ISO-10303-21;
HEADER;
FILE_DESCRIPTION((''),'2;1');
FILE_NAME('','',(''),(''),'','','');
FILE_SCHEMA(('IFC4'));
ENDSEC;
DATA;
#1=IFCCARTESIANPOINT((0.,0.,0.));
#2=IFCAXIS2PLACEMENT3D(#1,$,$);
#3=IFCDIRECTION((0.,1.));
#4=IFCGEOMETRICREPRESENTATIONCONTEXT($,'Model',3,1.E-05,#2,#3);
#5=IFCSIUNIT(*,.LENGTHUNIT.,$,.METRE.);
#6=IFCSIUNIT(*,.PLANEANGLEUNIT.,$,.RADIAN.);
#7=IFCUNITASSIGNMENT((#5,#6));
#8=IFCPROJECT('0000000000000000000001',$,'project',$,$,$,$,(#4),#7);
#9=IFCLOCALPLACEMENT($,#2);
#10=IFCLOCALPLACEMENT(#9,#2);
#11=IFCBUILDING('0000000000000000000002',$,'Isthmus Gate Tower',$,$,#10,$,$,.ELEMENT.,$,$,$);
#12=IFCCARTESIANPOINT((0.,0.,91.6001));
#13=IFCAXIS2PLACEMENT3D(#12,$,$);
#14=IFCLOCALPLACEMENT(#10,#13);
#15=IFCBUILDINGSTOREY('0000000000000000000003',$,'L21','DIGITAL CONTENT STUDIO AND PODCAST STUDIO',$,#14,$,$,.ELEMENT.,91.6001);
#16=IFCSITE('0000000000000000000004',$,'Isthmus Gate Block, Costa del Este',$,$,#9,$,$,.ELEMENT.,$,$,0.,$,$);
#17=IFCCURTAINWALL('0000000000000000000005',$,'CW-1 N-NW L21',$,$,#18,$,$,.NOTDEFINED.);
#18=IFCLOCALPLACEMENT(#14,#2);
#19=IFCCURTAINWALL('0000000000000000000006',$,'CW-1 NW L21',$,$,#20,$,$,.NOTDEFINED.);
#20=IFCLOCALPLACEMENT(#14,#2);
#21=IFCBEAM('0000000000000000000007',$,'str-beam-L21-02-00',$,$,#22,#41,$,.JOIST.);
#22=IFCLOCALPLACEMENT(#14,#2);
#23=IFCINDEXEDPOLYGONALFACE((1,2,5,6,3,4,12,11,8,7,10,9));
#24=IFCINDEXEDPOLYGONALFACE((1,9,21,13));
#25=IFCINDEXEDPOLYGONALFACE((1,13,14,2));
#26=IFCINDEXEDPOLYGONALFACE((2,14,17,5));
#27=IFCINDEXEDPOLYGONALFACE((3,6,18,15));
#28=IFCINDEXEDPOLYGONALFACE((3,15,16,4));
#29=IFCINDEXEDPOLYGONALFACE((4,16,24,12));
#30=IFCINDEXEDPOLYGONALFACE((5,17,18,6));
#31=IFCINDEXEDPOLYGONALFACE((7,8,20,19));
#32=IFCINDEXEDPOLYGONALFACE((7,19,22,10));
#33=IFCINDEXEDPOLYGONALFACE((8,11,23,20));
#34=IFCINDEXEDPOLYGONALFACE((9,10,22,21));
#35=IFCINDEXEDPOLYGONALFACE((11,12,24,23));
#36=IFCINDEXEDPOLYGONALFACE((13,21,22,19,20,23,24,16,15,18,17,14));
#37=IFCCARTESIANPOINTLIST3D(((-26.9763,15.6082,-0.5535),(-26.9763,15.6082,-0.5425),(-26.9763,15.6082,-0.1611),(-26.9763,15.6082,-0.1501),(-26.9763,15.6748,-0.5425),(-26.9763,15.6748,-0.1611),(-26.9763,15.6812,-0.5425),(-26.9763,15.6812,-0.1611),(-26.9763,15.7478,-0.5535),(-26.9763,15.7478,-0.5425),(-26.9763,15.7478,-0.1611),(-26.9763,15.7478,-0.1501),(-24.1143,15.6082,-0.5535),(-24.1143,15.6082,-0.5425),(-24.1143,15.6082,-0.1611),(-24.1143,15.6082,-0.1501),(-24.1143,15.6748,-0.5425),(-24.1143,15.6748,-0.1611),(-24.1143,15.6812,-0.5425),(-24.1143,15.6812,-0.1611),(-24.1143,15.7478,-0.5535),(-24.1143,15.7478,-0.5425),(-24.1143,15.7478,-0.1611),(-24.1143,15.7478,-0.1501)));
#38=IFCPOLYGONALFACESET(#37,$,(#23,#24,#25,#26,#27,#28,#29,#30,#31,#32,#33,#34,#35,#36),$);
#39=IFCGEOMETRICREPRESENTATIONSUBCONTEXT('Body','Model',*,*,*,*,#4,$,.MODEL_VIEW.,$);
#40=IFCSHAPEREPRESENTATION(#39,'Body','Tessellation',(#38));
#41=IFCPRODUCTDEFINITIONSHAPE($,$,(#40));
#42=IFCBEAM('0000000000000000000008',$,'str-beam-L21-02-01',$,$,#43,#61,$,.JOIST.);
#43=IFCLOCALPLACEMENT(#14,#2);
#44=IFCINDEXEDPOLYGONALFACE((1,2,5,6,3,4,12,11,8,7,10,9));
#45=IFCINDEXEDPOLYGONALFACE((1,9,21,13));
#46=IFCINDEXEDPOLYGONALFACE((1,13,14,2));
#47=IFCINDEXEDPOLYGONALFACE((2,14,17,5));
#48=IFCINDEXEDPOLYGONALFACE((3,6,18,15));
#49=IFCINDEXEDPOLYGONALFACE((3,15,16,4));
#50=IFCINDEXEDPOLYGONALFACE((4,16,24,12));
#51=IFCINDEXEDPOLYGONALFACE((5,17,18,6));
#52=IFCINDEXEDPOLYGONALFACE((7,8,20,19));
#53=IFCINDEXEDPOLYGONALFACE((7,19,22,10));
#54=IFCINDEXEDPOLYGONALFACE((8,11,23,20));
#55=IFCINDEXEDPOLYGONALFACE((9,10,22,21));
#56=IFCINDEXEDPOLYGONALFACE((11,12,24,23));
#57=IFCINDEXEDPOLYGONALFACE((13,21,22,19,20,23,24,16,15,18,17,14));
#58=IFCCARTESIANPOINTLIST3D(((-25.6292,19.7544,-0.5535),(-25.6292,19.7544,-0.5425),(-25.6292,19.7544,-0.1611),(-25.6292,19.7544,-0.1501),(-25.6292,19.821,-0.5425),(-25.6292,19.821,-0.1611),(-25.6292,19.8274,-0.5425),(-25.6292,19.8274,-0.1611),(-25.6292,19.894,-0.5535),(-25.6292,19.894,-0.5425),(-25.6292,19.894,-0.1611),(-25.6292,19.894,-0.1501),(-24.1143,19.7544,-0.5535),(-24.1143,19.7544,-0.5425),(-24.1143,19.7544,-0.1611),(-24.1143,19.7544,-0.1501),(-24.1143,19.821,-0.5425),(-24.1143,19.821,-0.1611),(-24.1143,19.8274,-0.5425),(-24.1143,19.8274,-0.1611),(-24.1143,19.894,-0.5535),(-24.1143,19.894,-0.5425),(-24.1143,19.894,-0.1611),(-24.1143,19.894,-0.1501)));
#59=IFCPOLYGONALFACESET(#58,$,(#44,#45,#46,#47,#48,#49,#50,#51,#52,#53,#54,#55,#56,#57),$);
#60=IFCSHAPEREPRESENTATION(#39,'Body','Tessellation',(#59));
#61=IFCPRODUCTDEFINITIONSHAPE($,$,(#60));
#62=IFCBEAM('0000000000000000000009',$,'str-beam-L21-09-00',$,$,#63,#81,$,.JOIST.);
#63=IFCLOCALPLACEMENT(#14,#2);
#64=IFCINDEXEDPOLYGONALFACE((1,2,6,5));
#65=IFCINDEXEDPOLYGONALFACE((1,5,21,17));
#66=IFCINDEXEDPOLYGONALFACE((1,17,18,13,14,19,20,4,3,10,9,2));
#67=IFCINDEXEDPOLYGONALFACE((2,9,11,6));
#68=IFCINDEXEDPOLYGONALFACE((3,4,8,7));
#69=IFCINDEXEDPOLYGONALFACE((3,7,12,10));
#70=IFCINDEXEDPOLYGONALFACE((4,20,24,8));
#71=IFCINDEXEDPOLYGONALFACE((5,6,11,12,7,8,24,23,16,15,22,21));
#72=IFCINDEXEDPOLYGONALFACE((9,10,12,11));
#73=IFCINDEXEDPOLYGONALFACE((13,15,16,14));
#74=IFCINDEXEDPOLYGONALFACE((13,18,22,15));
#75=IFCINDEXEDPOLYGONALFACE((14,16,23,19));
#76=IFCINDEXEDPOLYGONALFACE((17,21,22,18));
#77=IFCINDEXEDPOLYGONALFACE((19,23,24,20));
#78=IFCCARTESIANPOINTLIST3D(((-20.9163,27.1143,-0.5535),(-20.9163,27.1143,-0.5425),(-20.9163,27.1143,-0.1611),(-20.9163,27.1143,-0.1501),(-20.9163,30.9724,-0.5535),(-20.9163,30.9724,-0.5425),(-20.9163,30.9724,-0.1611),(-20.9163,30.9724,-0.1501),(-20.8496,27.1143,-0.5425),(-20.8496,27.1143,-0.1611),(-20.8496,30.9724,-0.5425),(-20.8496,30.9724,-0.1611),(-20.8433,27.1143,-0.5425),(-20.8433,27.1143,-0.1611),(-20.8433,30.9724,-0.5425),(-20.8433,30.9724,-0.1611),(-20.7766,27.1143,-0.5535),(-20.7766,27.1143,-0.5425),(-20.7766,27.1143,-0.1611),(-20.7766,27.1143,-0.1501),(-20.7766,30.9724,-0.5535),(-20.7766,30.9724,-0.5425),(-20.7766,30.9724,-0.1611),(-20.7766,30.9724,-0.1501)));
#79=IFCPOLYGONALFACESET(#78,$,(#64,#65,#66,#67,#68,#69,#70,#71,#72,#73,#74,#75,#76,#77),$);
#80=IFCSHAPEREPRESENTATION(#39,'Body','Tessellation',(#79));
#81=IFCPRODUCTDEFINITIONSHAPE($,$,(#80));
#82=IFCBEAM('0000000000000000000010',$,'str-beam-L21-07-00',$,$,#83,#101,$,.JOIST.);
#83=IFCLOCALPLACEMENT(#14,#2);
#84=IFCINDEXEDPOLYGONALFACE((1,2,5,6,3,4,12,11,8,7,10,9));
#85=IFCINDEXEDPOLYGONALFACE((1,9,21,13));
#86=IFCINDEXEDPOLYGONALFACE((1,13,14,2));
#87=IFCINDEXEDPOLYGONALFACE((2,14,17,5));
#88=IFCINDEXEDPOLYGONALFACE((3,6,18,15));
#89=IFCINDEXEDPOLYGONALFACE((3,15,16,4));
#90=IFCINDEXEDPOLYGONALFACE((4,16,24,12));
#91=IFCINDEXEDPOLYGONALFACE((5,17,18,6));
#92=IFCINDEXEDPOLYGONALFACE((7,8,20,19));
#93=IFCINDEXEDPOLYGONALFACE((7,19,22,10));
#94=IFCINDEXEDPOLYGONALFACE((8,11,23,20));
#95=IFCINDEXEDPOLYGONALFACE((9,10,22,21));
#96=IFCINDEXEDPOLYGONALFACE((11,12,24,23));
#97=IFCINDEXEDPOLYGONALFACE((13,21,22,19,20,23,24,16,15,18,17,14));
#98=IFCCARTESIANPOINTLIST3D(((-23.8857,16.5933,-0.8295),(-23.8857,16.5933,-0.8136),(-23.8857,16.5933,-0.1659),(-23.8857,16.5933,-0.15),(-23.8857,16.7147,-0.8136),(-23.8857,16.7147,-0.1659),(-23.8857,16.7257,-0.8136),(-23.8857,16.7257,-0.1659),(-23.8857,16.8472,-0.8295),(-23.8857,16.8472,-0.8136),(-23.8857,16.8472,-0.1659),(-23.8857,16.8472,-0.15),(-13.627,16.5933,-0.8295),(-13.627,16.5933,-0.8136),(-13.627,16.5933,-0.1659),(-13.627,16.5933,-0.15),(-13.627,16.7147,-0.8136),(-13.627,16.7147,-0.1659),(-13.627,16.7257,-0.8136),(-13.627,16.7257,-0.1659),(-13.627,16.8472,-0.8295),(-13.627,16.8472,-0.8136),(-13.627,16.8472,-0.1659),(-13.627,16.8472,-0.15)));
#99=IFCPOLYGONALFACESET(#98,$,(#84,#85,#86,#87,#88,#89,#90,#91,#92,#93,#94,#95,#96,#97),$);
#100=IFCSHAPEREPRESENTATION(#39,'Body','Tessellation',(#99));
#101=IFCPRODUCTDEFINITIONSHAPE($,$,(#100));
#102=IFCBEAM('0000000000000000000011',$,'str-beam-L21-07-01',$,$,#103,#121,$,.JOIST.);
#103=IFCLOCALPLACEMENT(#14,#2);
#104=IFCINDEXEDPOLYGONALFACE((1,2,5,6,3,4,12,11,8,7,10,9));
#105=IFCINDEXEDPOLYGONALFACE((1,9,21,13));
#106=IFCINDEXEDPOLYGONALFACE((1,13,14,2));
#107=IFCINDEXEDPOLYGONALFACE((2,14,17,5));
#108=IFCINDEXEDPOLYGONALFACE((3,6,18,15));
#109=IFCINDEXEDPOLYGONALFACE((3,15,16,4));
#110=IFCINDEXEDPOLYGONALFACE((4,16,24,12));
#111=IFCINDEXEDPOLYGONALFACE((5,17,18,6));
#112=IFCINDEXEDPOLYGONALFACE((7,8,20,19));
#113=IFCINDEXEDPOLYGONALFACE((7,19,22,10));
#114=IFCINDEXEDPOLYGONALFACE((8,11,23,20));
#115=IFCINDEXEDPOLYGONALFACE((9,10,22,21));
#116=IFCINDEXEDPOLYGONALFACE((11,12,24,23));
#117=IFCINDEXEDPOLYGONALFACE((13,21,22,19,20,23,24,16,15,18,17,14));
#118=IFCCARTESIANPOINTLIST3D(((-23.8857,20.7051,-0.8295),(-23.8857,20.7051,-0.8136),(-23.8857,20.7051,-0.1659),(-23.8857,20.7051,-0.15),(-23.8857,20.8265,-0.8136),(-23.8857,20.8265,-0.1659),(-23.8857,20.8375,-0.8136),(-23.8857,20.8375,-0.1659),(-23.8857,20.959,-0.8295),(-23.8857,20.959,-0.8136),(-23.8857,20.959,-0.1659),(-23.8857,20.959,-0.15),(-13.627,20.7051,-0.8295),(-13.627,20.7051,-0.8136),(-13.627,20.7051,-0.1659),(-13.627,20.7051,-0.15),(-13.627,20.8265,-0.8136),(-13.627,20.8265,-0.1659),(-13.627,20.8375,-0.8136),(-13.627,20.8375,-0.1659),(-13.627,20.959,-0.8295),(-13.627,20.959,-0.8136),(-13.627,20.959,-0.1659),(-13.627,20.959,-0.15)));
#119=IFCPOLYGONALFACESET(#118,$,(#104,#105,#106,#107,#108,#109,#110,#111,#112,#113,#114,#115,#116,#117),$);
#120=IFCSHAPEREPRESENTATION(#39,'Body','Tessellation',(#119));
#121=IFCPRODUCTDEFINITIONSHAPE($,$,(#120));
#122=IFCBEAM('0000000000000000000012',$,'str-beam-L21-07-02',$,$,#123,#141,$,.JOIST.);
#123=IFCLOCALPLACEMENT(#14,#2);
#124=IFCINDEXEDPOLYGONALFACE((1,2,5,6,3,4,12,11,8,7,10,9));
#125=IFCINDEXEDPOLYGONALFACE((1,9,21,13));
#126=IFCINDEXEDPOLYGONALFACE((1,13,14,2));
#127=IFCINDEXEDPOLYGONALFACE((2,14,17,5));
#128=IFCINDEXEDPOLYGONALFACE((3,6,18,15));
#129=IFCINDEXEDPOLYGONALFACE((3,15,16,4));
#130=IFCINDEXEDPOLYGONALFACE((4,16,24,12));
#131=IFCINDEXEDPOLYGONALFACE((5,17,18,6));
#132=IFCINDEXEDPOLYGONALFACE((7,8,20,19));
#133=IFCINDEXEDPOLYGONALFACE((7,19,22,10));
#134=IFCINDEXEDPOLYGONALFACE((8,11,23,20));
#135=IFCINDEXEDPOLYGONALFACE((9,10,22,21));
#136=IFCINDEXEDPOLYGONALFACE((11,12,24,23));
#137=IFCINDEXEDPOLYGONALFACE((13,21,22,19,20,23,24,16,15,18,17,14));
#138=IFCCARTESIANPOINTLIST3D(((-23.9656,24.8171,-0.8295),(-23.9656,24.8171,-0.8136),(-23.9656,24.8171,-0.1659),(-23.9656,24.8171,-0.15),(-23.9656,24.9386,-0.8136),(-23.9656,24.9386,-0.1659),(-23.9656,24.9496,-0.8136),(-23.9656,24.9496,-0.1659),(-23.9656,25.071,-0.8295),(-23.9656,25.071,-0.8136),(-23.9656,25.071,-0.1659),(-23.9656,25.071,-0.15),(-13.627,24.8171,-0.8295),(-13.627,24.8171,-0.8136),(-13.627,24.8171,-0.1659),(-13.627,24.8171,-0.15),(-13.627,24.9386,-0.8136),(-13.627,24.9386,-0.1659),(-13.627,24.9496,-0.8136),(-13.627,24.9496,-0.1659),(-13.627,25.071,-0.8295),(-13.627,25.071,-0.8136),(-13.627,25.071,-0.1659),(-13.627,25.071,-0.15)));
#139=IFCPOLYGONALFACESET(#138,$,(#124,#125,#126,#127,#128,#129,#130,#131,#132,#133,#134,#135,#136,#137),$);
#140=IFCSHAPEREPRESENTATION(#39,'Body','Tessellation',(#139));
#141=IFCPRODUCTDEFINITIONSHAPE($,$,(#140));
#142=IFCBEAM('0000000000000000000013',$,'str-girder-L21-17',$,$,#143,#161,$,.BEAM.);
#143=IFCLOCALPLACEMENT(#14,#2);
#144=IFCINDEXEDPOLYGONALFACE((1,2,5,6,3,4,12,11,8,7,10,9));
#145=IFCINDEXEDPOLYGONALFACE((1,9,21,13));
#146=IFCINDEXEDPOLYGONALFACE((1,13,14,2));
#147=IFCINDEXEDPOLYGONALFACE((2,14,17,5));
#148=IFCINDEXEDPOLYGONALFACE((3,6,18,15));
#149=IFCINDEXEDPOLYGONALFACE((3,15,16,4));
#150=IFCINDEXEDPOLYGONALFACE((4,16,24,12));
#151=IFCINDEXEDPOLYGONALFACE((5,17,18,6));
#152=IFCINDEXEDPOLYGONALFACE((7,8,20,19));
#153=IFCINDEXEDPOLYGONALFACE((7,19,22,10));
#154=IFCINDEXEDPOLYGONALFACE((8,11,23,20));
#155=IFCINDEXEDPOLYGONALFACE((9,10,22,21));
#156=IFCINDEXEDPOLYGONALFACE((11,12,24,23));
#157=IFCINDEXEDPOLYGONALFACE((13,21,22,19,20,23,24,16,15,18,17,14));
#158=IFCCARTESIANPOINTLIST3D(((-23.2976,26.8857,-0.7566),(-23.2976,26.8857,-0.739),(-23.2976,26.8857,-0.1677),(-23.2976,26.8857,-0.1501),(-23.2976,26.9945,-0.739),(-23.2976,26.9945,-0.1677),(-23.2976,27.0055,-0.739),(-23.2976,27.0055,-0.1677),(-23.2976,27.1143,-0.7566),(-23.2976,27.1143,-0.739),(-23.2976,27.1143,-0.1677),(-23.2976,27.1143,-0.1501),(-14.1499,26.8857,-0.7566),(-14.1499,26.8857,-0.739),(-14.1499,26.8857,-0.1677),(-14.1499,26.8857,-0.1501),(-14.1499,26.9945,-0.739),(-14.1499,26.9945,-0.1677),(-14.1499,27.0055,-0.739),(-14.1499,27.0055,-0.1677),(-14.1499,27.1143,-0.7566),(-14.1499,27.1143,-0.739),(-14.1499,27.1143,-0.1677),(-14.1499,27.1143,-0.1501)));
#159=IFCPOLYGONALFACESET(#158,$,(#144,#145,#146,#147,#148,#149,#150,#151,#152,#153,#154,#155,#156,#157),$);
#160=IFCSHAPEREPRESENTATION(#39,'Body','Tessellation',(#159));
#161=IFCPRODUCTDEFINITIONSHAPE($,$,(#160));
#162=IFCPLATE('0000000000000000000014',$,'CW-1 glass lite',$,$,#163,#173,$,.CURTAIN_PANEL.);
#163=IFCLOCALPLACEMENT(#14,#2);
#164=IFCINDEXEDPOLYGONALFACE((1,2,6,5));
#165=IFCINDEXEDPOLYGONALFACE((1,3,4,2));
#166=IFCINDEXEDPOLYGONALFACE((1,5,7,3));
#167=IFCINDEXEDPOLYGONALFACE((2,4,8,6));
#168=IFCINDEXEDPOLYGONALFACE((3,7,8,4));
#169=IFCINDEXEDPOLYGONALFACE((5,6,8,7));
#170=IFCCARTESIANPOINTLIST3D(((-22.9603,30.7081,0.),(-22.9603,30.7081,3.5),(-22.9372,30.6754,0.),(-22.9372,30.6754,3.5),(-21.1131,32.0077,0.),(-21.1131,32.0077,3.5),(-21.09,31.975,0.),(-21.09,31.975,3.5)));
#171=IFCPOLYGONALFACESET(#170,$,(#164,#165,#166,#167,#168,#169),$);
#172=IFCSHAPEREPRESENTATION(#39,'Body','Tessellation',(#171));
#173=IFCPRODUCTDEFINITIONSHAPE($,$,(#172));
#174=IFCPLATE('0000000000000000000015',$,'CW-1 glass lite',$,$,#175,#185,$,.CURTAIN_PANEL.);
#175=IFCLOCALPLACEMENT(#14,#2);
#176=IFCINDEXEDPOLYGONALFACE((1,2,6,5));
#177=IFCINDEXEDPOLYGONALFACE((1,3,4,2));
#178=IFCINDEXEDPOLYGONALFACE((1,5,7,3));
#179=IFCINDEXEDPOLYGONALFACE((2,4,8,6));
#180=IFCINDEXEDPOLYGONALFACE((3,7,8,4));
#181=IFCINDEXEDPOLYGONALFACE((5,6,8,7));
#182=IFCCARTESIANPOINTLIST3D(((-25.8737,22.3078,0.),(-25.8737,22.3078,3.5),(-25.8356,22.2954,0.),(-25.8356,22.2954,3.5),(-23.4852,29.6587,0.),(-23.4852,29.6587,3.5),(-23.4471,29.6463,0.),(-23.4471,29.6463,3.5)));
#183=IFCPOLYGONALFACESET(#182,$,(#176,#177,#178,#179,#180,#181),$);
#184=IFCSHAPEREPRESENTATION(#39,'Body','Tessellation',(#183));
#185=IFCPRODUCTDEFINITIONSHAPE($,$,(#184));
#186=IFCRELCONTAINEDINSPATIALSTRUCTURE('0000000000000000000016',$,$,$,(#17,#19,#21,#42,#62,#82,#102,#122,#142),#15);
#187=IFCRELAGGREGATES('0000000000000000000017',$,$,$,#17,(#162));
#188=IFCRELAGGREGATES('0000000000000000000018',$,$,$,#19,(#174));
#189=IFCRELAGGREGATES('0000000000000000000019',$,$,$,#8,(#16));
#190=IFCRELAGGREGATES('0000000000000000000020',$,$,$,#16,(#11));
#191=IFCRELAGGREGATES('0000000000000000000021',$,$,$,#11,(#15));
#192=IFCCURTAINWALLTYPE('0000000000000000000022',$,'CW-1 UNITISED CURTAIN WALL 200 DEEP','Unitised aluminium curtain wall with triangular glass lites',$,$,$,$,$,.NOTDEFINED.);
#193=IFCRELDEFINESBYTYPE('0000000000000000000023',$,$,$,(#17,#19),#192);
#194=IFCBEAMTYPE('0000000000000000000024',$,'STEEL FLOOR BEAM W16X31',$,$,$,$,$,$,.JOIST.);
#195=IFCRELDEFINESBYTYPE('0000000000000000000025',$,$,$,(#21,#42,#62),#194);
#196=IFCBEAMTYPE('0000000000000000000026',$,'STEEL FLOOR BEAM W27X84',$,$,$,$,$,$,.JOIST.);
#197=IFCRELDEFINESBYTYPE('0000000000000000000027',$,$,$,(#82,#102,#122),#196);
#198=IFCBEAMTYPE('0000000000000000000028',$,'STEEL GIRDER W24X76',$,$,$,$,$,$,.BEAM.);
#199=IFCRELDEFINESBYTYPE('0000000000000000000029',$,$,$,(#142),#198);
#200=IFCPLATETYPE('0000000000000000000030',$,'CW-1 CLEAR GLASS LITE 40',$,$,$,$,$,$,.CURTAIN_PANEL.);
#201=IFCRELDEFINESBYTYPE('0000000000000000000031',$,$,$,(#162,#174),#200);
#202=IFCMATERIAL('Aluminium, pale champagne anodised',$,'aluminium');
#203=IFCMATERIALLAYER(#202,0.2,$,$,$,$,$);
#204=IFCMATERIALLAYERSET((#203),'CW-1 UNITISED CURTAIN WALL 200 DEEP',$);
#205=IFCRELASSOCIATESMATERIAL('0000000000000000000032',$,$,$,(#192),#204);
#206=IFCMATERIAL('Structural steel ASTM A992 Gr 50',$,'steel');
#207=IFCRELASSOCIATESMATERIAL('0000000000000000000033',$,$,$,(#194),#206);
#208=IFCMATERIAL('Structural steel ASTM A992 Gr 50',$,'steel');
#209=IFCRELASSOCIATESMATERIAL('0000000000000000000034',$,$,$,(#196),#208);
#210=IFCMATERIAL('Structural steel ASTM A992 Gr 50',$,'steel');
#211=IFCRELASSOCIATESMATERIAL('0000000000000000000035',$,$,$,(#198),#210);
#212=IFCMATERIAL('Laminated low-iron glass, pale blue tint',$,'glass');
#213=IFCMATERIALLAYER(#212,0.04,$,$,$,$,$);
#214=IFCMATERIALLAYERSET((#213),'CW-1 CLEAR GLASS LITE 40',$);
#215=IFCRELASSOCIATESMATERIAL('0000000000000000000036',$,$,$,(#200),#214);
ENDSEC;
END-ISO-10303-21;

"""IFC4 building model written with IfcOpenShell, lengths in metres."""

from ifc_helpers import new_model, si_unit, direction, frame, origin, origin_2d, place, context, subcontext, project, spatial, rectangle, i_section, extrude, material, layer, layer_set, material_profile, profile_set, type_object, element, aggregate, save


model = new_model("IFC4")

# Units and contexts
model_context = context("Model", 3, precision=1e-05, world=origin(), true_north=direction((0.0, 1.0)))
body_context = subcontext(model_context, "Body", "Model", "MODEL_VIEW")
ifc_project = project(units=[si_unit("LENGTHUNIT", "METRE"), si_unit("PLANEANGLEUNIT", "RADIAN")], contexts=[model_context])

# Site, building, storey
site_placement = place(None, origin())
site = spatial("IfcSite", under=ifc_project, at=site_placement, Name="Isthmus Gate Block, Costa del Este", CompositionType="ELEMENT", RefElevation=0.0)
building_placement = place(site_placement, origin())
building = spatial("IfcBuilding", under=site, at=building_placement, Name="Isthmus Gate Tower", CompositionType="ELEMENT")
storey_placement = place(building_placement, frame((0.0, 0.0, 91.6001)))
storey = spatial("IfcBuildingStorey", under=building, at=storey_placement, Name="L21", Description="DIGITAL CONTENT STUDIO AND PODCAST STUDIO", CompositionType="ELEMENT", Elevation=91.6001)

# Curtain wall
ifc_material_1 = material(Name="Aluminium, pale champagne anodised", Category="aluminium")
ifc_layer_1 = layer(ifc_material_1, 0.2)
ifc_layer_set_1 = layer_set([ifc_layer_1], Name="CW-1 UNITISED CURTAIN WALL 200 DEEP")
curtain_wall_type = type_object("IfcCurtainWallType", Name="CW-1 UNITISED CURTAIN WALL 200 DEEP", Description="Unitised aluminium curtain wall with triangular glass lites", PredefinedType="NOTDEFINED", material=ifc_layer_set_1)
curtain_wall_1_placement = place(storey_placement, origin())
curtain_wall_1 = element("IfcCurtainWall", 1, at=curtain_wall_1_placement, inside=storey, type_object=curtain_wall_type, Name="CW-1 N-NW L21", PredefinedType="NOTDEFINED")

# Curtain wall
curtain_wall_2_placement = place(storey_placement, origin())
curtain_wall_2 = element("IfcCurtainWall", 2, at=curtain_wall_2_placement, inside=storey, type_object=curtain_wall_type, Name="CW-1 NW L21", PredefinedType="NOTDEFINED")

# Beams
ifc_material_2 = material(Name="Structural steel ASTM A992 Gr 50", Category="steel")
ifc_material_profile_1 = material_profile(ifc_material_2, i_section(OverallWidth=0.1396, OverallDepth=0.4033, WebThickness=0.0063, FlangeThickness=0.011, at=origin_2d()), Name="W16X31")
ifc_profile_set_1 = profile_set([ifc_material_profile_1], Name="Structural steel ASTM A992 Gr 50")
beam_type_1 = type_object("IfcBeamType", Name="STEEL FLOOR BEAM W16X31", PredefinedType="JOIST", material=ifc_profile_set_1)
beam_1_placement = place(storey_placement, frame((-26.9763, 15.678, -0.3518), z_axis=(1.0, 0.0, 0.0), x_axis=(0.0, 1.0, 0.0)))
element("IfcBeam", 3, at=beam_1_placement, inside=storey, type_object=beam_type_1, Name="str-beam-L21-02-00", PredefinedType="JOIST", context=body_context, shape_type="SweptSolid", body=[
    extrude(i_section(OverallWidth=0.1396, OverallDepth=0.4033, WebThickness=0.0063, FlangeThickness=0.011, at=origin_2d()), origin(), (0.0, 0.0, 1.0), 2.8621),
])
beam_2_placement = place(storey_placement, frame((-25.6292, 19.8242, -0.3518), z_axis=(1.0, 0.0, 0.0), x_axis=(0.0, 1.0, 0.0)))
element("IfcBeam", 4, at=beam_2_placement, inside=storey, type_object=beam_type_1, Name="str-beam-L21-02-01", PredefinedType="JOIST", context=body_context, shape_type="SweptSolid", body=[
    extrude(i_section(OverallWidth=0.1396, OverallDepth=0.4033, WebThickness=0.0063, FlangeThickness=0.011, at=origin_2d()), origin(), (0.0, 0.0, 1.0), 1.5149),
])
beam_3_placement = place(storey_placement, frame((-20.8464, 27.1143, -0.3518), z_axis=(0.0, 1.0, 0.0), x_axis=(-1.0, 0.0, 0.0)))
element("IfcBeam", 5, at=beam_3_placement, inside=storey, type_object=beam_type_1, Name="str-beam-L21-09-00", PredefinedType="JOIST", context=body_context, shape_type="SweptSolid", body=[
    extrude(i_section(OverallWidth=0.1396, OverallDepth=0.4033, WebThickness=0.0063, FlangeThickness=0.011, at=origin_2d()), origin(), (0.0, 0.0, 1.0), 3.8582),
])
ifc_material_3 = material(Name="Structural steel ASTM A992 Gr 50", Category="steel")
ifc_material_profile_2 = material_profile(ifc_material_3, i_section(OverallWidth=0.2539, OverallDepth=0.6794, WebThickness=0.011, FlangeThickness=0.0159, at=origin_2d()), Name="W27X84")
ifc_profile_set_2 = profile_set([ifc_material_profile_2], Name="Structural steel ASTM A992 Gr 50")
beam_type_2 = type_object("IfcBeamType", Name="STEEL FLOOR BEAM W27X84", PredefinedType="JOIST", material=ifc_profile_set_2)
for number, where, z_axis, x_axis, name in (
    (6, (-23.8857, 16.7202, -0.4897), (1.0, 0.0, 0.0), (0.0, 1.0, 0.0), "str-beam-L21-07-00"),
    (7, (-23.8857, 20.832, -0.4897), (1.0, 0.0, 0.0), (0.0, 1.0, 0.0), "str-beam-L21-07-01"),
):
    element("IfcBeam", number, at=place(storey_placement, frame(where, z_axis=z_axis, x_axis=x_axis)), inside=storey, type_object=beam_type_2, Name=name, PredefinedType="JOIST", context=body_context, shape_type="SweptSolid", body=[
        extrude(i_section(OverallWidth=0.2539, OverallDepth=0.6794, WebThickness=0.011, FlangeThickness=0.0159, at=origin_2d()), origin(), (0.0, 0.0, 1.0), 10.2588),
    ])
beam_4_placement = place(storey_placement, frame((-23.9656, 24.9441, -0.4897), z_axis=(1.0, 0.0, 0.0), x_axis=(0.0, 1.0, 0.0)))
element("IfcBeam", 8, at=beam_4_placement, inside=storey, type_object=beam_type_2, Name="str-beam-L21-07-02", PredefinedType="JOIST", context=body_context, shape_type="SweptSolid", body=[
    extrude(i_section(OverallWidth=0.2539, OverallDepth=0.6794, WebThickness=0.011, FlangeThickness=0.0159, at=origin_2d()), origin(), (0.0, 0.0, 1.0), 10.3386),
])
ifc_material_4 = material(Name="Structural steel ASTM A992 Gr 50", Category="steel")
ifc_material_profile_3 = material_profile(ifc_material_4, i_section(OverallWidth=0.2285, OverallDepth=0.6064, WebThickness=0.011, FlangeThickness=0.0176, at=origin_2d()), Name="W24X76")
ifc_profile_set_3 = profile_set([ifc_material_profile_3], Name="Structural steel ASTM A992 Gr 50")
beam_type_3 = type_object("IfcBeamType", Name="STEEL GIRDER W24X76", PredefinedType="BEAM", material=ifc_profile_set_3)
beam_5_placement = place(storey_placement, frame((-23.2976, 27.0, -0.4534), z_axis=(1.0, 0.0, 0.0), x_axis=(0.0, 1.0, 0.0)))
element("IfcBeam", 9, at=beam_5_placement, inside=storey, type_object=beam_type_3, Name="str-girder-L21-17", PredefinedType="BEAM", context=body_context, shape_type="SweptSolid", body=[
    extrude(i_section(OverallWidth=0.2285, OverallDepth=0.6064, WebThickness=0.011, FlangeThickness=0.0176, at=origin_2d()), origin(), (0.0, 0.0, 1.0), 9.1477),
])

# Plates
ifc_material_5 = material(Name="Laminated low-iron glass, pale blue tint", Category="glass")
ifc_layer_2 = layer(ifc_material_5, 0.04)
ifc_layer_set_2 = layer_set([ifc_layer_2], Name="CW-1 CLEAR GLASS LITE 40")
plate_type = type_object("IfcPlateType", Name="CW-1 CLEAR GLASS LITE 40", PredefinedType="CURTAIN_PANEL", material=ifc_layer_set_2)
plate_1_placement = place(storey_placement, frame((-22.0251, 31.3416, 0.0), z_axis=(0.0, 0.0, 1.0), x_axis=(-0.81786, -0.575418, 0.0)))
plate_1 = element("IfcPlate", 10, at=plate_1_placement, type_object=plate_type, Name="CW-1 glass lite", PredefinedType="CURTAIN_PANEL", context=body_context, shape_type="SweptSolid", body=[
    extrude(rectangle(XDim=2.2585, YDim=0.04, at=origin_2d()), origin(), (0.0, 0.0, 1.0), 3.5),
])
aggregate(curtain_wall_1, [plate_1])
plate_2_placement = place(storey_placement, frame((-24.6604, 25.9771, 0.0), z_axis=(0.0, 0.0, 1.0), x_axis=(-0.309017, -0.951057, 0.0)))
plate_2 = element("IfcPlate", 11, at=plate_2_placement, type_object=plate_type, Name="CW-1 glass lite", PredefinedType="CURTAIN_PANEL", context=body_context, shape_type="SweptSolid", body=[
    extrude(rectangle(XDim=7.7292, YDim=0.04, at=origin_2d()), origin(), (0.0, 0.0, 1.0), 3.5),
])

aggregate(curtain_wall_2, [plate_2])

save(model, "model.ifc")
